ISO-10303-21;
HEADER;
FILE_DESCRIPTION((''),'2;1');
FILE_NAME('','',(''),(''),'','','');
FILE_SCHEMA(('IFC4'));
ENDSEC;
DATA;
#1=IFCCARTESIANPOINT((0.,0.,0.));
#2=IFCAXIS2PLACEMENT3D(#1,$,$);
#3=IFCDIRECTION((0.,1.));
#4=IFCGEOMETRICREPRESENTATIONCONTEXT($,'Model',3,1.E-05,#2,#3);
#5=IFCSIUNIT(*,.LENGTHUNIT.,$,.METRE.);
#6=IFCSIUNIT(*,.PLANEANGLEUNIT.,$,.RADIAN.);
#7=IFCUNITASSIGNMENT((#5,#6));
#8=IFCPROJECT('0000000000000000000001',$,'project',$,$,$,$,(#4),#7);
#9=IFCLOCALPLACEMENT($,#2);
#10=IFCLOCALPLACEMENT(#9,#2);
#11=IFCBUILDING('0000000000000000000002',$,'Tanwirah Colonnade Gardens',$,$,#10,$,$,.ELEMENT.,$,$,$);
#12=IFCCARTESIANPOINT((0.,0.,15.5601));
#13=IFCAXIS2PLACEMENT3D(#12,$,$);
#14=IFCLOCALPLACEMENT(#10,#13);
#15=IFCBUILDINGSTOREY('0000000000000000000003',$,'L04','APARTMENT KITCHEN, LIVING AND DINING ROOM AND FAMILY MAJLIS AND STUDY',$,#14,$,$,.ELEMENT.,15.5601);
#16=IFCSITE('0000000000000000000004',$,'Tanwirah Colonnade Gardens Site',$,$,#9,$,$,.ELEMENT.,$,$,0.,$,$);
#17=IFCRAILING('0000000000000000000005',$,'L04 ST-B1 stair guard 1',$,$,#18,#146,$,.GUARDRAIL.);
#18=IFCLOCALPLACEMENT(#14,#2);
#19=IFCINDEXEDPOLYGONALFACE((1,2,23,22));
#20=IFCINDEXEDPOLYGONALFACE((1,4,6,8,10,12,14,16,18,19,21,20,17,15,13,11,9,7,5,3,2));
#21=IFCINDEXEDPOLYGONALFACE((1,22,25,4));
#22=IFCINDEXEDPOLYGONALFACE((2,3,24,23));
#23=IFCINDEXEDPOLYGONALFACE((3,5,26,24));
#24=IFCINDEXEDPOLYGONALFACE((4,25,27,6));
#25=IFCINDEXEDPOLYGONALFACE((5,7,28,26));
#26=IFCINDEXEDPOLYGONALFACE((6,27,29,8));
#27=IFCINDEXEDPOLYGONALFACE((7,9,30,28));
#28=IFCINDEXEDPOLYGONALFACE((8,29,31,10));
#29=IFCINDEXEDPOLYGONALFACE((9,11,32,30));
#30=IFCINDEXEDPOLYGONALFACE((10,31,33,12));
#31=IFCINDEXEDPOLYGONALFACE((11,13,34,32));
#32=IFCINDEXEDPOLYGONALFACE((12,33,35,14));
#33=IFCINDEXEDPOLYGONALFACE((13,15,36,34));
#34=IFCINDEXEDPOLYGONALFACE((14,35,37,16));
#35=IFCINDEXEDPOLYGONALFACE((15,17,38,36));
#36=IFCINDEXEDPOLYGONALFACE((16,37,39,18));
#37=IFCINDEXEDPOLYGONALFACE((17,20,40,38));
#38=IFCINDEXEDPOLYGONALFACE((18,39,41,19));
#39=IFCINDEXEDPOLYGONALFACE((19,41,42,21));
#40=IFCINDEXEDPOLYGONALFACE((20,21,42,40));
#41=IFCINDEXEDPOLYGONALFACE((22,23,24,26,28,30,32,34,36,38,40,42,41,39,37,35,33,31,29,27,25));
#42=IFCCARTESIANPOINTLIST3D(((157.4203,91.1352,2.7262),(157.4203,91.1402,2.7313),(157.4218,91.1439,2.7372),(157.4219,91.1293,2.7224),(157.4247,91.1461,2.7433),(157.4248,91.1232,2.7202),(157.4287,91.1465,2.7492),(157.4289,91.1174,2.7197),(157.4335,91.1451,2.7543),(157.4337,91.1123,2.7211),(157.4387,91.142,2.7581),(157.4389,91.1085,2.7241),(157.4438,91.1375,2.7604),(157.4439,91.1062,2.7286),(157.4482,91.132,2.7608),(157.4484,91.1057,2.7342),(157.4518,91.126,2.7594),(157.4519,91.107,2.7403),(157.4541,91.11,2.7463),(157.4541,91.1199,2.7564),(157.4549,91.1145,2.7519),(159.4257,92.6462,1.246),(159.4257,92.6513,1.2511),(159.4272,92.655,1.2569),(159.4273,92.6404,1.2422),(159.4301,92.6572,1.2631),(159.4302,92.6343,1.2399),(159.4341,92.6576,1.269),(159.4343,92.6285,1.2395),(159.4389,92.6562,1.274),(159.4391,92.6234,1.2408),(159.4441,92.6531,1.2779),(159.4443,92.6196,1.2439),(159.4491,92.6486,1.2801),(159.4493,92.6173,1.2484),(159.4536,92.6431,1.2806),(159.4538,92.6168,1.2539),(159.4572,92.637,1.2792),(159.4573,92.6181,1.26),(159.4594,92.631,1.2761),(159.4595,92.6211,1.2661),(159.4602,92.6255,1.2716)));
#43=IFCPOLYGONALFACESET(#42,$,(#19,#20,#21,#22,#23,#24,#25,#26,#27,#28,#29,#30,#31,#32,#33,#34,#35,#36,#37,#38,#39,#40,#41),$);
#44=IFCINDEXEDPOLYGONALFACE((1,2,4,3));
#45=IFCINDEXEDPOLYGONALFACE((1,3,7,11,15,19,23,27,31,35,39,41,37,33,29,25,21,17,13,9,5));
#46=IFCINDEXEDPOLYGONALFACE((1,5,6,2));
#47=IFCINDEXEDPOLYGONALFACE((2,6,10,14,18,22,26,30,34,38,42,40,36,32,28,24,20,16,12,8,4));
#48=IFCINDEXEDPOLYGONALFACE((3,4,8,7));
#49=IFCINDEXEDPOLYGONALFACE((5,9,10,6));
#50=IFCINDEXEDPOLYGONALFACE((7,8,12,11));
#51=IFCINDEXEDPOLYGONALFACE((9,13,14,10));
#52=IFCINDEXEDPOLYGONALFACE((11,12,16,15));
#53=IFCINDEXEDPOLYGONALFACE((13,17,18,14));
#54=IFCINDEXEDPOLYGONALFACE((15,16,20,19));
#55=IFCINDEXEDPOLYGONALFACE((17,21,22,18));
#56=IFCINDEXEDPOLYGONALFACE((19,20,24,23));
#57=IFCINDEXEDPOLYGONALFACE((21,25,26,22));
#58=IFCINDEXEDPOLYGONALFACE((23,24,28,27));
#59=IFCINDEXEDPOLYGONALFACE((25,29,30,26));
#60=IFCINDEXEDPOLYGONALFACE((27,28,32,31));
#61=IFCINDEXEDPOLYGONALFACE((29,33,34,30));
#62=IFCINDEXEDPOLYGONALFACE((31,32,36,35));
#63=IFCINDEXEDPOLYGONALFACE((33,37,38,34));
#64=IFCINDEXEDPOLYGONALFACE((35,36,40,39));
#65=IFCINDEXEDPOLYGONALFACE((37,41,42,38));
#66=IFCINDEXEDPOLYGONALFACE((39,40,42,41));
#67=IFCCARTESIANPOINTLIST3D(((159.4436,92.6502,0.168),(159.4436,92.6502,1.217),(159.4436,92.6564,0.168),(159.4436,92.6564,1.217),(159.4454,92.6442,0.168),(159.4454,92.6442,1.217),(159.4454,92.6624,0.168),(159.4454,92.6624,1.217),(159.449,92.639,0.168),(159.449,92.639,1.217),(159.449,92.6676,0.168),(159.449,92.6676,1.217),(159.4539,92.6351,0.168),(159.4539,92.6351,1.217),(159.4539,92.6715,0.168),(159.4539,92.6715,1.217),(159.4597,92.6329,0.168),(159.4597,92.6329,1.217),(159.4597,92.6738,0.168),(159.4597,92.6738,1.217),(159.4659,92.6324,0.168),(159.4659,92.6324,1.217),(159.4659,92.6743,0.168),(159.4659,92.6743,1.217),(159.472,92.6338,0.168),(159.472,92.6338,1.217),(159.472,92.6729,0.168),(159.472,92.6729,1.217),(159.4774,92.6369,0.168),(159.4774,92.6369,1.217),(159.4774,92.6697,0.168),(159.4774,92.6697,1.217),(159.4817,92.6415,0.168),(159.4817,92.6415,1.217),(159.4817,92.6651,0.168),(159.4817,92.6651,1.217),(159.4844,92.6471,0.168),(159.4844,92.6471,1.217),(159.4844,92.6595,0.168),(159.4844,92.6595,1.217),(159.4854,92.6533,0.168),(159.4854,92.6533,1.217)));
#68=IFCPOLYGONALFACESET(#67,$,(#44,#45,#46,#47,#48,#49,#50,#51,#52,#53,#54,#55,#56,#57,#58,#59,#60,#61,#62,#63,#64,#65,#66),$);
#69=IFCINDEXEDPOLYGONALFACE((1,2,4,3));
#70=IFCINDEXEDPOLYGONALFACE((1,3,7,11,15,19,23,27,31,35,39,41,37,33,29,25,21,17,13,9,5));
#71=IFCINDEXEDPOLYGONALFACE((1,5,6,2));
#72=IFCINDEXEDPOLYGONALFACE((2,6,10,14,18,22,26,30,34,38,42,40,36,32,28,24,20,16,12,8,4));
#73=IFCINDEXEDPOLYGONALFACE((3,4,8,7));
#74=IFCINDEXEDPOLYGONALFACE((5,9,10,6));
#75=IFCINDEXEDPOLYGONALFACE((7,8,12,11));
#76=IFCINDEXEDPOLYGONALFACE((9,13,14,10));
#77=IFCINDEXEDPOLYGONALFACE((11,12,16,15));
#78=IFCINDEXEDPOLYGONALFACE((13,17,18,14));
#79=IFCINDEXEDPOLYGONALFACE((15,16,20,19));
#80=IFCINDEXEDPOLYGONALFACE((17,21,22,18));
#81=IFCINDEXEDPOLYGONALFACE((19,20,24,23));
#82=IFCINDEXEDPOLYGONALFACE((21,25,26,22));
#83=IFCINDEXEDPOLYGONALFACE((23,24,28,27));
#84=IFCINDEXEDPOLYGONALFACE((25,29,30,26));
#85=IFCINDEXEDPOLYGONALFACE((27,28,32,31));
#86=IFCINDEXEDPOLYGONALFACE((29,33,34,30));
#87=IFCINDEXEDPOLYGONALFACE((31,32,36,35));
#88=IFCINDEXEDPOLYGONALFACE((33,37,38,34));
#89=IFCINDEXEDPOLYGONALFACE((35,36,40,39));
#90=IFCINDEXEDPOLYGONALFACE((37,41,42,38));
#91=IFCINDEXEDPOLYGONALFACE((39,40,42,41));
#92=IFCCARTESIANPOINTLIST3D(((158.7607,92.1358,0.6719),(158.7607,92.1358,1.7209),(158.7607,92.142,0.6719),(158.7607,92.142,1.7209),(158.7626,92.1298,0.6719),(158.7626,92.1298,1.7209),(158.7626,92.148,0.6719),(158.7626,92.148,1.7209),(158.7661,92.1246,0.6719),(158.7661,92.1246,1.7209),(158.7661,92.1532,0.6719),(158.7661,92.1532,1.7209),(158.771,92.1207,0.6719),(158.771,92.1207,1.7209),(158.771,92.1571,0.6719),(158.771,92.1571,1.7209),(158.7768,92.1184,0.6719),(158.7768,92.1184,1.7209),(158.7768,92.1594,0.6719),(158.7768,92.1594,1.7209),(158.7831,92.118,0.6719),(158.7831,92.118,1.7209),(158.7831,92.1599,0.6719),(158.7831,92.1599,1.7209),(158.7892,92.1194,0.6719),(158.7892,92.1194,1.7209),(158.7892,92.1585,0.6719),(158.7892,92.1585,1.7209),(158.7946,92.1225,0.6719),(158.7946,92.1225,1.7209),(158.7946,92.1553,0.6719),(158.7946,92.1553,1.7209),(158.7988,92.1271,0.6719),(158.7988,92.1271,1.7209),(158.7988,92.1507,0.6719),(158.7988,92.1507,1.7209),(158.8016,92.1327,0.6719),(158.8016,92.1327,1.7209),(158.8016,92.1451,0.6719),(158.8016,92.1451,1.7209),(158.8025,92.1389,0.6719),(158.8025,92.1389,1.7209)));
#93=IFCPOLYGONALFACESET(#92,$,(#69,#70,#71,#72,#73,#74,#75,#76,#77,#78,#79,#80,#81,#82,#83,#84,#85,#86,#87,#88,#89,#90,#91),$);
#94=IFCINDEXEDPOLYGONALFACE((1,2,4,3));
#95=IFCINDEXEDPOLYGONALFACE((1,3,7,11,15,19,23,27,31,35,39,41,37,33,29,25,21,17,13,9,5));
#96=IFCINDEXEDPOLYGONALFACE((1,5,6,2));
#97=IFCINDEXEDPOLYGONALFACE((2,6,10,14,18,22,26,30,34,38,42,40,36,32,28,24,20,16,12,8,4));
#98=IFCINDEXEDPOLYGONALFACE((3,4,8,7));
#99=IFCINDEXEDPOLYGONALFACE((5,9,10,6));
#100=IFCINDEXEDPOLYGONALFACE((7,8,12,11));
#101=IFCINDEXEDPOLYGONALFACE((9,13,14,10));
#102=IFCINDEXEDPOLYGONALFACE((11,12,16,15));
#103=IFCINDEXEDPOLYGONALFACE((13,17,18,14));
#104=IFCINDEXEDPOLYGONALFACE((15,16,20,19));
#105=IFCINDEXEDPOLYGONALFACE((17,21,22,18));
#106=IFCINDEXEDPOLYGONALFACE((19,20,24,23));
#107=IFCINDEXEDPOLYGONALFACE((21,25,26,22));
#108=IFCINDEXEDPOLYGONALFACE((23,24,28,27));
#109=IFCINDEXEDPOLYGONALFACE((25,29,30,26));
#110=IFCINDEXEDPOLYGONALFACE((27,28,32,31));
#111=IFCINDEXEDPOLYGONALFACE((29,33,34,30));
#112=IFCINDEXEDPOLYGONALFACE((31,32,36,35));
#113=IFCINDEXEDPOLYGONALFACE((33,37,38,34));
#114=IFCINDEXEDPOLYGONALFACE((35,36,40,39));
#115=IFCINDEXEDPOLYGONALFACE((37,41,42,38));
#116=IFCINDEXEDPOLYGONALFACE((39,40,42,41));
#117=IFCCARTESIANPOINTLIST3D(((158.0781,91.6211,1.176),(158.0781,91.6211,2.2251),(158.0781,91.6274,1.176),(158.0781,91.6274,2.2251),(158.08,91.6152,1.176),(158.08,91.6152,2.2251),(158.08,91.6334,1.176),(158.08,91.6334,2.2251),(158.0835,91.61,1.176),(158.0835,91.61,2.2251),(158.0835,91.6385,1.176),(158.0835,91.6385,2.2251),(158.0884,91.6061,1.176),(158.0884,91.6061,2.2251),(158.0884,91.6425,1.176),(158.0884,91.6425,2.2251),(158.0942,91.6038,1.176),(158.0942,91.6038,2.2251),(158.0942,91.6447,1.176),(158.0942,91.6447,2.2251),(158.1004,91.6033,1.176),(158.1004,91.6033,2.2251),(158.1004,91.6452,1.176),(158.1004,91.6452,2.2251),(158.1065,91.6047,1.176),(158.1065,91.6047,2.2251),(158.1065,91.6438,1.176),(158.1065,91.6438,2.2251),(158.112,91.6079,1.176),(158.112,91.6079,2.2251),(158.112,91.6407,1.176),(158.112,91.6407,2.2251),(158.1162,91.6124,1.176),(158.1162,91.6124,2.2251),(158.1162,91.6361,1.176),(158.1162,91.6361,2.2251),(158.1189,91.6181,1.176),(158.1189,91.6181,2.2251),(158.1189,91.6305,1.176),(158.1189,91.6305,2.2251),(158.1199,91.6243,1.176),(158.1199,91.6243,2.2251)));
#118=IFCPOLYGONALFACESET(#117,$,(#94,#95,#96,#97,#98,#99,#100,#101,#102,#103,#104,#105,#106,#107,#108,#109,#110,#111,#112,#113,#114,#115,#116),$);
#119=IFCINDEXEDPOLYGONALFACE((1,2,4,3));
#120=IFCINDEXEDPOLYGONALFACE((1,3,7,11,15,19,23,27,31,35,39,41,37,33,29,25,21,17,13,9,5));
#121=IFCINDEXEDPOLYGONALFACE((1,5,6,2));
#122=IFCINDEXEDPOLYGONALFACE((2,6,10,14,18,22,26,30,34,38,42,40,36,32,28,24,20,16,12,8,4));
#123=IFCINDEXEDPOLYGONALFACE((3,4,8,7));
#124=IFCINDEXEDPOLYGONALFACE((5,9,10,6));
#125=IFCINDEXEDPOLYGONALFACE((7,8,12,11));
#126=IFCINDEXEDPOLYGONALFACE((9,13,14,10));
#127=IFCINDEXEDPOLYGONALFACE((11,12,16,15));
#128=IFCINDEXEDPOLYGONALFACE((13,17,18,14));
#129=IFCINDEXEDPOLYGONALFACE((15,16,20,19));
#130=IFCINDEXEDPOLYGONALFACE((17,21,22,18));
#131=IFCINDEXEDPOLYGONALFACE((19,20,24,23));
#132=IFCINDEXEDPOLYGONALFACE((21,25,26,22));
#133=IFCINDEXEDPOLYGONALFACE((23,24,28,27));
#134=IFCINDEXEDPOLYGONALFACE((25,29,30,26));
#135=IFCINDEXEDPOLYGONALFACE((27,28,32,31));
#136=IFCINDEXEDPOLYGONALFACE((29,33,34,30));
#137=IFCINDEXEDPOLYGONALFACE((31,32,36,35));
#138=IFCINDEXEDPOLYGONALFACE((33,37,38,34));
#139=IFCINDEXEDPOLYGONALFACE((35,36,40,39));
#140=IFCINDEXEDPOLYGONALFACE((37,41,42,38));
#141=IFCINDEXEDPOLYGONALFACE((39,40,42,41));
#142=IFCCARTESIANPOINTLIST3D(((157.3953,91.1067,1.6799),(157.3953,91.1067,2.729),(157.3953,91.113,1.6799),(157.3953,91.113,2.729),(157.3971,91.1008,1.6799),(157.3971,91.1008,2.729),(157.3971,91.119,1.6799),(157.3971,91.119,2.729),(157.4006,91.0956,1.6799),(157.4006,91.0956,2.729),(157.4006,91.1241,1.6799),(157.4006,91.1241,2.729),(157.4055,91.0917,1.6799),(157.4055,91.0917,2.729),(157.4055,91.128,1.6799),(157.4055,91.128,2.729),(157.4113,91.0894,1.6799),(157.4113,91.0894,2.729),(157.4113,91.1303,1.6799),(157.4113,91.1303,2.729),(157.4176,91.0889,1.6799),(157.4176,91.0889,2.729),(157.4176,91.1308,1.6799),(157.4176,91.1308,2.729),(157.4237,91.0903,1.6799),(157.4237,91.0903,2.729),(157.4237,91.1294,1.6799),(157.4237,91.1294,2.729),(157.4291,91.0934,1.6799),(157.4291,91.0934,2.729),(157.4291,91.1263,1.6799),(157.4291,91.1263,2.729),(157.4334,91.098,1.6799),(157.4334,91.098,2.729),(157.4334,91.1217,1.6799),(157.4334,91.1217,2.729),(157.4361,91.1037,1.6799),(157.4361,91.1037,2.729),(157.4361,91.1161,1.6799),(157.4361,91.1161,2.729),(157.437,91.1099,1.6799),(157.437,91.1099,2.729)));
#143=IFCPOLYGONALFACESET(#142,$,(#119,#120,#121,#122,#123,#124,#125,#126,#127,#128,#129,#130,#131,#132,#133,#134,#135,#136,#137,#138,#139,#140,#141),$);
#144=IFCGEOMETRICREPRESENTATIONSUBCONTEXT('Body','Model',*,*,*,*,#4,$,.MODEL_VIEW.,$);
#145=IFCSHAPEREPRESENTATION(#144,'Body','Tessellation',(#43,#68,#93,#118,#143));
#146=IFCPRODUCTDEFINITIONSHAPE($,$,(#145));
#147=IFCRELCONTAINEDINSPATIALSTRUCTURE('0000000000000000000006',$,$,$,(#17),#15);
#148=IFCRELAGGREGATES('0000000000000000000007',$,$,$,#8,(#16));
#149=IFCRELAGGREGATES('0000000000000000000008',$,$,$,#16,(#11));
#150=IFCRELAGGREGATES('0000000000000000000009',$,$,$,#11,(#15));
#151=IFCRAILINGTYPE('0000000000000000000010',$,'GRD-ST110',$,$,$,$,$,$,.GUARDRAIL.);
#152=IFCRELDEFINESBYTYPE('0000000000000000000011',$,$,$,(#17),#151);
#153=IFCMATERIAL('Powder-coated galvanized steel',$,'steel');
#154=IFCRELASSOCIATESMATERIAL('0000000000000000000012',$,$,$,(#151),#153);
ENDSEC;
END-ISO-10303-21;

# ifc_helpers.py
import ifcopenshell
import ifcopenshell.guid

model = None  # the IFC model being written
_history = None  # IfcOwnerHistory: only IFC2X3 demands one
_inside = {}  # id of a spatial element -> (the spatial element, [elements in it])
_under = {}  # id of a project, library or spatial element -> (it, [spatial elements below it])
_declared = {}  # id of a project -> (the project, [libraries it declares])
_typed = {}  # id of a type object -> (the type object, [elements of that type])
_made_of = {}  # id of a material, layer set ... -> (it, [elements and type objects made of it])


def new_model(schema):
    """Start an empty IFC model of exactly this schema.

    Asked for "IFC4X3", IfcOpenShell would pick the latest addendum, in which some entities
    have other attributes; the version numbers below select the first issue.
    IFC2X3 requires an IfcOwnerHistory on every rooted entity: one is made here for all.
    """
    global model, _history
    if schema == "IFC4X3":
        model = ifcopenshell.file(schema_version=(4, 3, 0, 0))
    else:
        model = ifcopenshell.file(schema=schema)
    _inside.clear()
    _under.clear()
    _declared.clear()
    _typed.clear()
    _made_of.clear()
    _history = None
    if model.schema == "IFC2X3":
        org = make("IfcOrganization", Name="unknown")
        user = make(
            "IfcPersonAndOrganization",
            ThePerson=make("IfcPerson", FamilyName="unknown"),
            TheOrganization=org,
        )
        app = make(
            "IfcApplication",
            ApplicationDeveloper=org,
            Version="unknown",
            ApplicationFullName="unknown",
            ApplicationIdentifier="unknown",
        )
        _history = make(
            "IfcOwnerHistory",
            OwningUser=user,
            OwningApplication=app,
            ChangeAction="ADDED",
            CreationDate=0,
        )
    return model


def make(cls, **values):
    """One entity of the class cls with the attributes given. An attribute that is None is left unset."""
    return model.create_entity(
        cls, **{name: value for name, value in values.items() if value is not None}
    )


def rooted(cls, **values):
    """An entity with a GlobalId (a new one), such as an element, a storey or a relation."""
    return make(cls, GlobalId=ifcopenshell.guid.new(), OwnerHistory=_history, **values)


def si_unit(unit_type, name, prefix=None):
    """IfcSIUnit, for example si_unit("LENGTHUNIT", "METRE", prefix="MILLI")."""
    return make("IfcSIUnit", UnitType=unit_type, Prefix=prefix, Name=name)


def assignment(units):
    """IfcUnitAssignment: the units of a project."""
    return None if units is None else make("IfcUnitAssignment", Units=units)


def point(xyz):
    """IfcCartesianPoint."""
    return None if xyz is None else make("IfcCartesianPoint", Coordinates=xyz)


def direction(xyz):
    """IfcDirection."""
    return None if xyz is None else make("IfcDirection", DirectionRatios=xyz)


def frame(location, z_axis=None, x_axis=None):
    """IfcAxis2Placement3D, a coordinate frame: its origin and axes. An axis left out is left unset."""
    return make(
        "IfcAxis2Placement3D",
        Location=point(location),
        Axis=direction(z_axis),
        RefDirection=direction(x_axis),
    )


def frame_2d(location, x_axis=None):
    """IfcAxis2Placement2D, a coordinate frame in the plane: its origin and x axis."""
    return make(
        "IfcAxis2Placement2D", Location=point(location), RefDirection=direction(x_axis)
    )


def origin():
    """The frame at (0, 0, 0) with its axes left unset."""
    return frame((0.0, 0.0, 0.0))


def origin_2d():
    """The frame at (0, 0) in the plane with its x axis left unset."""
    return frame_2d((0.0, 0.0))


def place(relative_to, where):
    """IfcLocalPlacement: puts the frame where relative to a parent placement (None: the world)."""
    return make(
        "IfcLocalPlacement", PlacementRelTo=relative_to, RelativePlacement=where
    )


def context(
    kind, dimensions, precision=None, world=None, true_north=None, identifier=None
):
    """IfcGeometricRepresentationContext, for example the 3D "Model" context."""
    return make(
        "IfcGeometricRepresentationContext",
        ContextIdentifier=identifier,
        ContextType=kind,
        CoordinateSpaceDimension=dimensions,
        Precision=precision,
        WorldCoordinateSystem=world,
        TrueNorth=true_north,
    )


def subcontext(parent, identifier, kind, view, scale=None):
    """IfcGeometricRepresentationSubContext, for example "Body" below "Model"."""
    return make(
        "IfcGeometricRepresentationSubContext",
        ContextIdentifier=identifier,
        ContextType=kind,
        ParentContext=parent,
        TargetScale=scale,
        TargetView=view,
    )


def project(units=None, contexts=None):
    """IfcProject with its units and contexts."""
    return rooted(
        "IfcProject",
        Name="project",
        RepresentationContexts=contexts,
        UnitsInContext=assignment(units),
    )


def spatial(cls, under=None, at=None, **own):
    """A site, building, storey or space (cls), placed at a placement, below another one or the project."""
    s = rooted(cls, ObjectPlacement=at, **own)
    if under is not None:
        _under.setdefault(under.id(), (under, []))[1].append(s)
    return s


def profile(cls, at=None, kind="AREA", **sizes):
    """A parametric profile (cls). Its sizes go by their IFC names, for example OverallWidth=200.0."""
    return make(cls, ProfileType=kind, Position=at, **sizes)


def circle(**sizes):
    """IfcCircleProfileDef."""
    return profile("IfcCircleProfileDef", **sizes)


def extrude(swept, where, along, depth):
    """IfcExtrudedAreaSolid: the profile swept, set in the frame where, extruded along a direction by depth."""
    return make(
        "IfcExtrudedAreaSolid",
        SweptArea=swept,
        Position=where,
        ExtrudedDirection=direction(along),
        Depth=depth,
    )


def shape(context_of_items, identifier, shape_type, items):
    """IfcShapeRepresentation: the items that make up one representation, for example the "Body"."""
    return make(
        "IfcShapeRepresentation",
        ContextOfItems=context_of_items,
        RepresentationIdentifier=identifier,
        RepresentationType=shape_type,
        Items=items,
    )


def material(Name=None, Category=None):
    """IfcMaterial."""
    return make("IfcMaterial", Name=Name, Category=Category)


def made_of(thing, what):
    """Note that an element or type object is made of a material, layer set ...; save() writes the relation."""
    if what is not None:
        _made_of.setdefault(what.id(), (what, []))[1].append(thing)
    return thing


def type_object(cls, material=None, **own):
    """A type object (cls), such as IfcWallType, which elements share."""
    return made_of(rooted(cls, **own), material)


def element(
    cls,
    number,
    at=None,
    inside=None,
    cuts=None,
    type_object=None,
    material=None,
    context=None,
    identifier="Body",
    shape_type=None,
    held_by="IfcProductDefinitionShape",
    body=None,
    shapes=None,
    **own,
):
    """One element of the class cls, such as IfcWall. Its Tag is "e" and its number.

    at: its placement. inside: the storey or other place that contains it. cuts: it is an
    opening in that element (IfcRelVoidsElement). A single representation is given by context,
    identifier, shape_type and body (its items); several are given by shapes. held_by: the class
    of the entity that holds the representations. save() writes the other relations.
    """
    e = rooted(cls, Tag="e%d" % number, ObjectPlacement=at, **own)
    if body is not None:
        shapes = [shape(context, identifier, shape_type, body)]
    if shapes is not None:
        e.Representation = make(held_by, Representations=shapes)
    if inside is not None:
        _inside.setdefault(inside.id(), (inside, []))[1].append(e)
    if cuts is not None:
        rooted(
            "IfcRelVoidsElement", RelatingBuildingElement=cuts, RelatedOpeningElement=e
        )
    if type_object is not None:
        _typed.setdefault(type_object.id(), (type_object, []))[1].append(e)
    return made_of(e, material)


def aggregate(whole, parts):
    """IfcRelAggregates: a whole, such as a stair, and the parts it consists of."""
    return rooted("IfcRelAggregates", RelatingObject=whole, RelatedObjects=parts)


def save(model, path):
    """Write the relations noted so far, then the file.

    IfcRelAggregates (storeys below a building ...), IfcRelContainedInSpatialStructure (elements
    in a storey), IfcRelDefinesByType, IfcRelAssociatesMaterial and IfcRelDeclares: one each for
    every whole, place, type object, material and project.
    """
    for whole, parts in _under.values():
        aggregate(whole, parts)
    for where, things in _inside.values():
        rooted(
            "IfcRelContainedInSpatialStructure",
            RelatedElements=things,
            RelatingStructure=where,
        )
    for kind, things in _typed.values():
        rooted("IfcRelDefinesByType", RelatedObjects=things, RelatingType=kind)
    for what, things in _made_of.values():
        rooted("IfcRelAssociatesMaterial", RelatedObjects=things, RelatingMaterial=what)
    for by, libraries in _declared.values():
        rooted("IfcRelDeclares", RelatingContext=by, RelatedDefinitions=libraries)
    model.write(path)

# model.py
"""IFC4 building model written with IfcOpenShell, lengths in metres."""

from ifc_helpers import new_model, si_unit, direction, frame, origin, origin_2d, place, context, subcontext, project, spatial, circle, extrude, material, type_object, element, save


model = new_model("IFC4")

# Units and contexts
model_context = context("Model", 3, precision=1e-05, world=origin(), true_north=direction((0.0, 1.0)))
body_context = subcontext(model_context, "Body", "Model", "MODEL_VIEW")
ifc_project = project(units=[si_unit("LENGTHUNIT", "METRE"), si_unit("PLANEANGLEUNIT", "RADIAN")], contexts=[model_context])

# Site, building, storey
site_placement = place(None, origin())
site = spatial("IfcSite", under=ifc_project, at=site_placement, Name="Tanwirah Colonnade Gardens Site", CompositionType="ELEMENT", RefElevation=0.0)
building_placement = place(site_placement, origin())
building = spatial("IfcBuilding", under=site, at=building_placement, Name="Tanwirah Colonnade Gardens", CompositionType="ELEMENT")
storey_placement = place(building_placement, frame((0.0, 0.0, 15.5601)))
storey = spatial("IfcBuildingStorey", under=building, at=storey_placement, Name="L04", Description="APARTMENT KITCHEN, LIVING AND DINING ROOM AND FAMILY MAJLIS AND STUDY", CompositionType="ELEMENT", Elevation=15.5601)

# Railing
ifc_material_1 = material(Name="Powder-coated galvanized steel", Category="steel")
railing_type_1 = type_object("IfcRailingType", Name="GRD-ST110", PredefinedType="GUARDRAIL", material=ifc_material_1)
railing_1_placement = place(storey_placement, frame((159.4644, 92.6533, 0.168)))
element("IfcRailing", 1, at=railing_1_placement, inside=storey, type_object=railing_type_1, Name="L04 ST-B1 stair guard 1", PredefinedType="GUARDRAIL", context=body_context, shape_type="SweptSolid", body=[
    extrude(circle(Radius=0.0239, at=origin_2d()), frame((-0.0215, -0.0161, 1.092), z_axis=(-0.687998, -0.518418, 0.50784), x_axis=(0.601796, -0.79865, 0.0)), (0.0, 0.0, 1.0), 2.9148),
    extrude(circle(Radius=0.021, at=origin_2d()), origin(), (0.0, 0.0, 1.0), 1.0491),
    extrude(circle(Radius=0.021, at=origin_2d()), frame((-0.6829, -0.5144, 0.5039)), (0.0, 0.0, 1.0), 1.0491),
    extrude(circle(Radius=0.021, at=origin_2d()), frame((-1.3655, -1.0291, 1.0081)), (0.0, 0.0, 1.0), 1.0491),
    extrude(circle(Radius=0.021, at=origin_2d()), frame((-2.0483, -1.5435, 1.512)), (0.0, 0.0, 1.0), 1.0491),
])

save(model, "model.ifc")
